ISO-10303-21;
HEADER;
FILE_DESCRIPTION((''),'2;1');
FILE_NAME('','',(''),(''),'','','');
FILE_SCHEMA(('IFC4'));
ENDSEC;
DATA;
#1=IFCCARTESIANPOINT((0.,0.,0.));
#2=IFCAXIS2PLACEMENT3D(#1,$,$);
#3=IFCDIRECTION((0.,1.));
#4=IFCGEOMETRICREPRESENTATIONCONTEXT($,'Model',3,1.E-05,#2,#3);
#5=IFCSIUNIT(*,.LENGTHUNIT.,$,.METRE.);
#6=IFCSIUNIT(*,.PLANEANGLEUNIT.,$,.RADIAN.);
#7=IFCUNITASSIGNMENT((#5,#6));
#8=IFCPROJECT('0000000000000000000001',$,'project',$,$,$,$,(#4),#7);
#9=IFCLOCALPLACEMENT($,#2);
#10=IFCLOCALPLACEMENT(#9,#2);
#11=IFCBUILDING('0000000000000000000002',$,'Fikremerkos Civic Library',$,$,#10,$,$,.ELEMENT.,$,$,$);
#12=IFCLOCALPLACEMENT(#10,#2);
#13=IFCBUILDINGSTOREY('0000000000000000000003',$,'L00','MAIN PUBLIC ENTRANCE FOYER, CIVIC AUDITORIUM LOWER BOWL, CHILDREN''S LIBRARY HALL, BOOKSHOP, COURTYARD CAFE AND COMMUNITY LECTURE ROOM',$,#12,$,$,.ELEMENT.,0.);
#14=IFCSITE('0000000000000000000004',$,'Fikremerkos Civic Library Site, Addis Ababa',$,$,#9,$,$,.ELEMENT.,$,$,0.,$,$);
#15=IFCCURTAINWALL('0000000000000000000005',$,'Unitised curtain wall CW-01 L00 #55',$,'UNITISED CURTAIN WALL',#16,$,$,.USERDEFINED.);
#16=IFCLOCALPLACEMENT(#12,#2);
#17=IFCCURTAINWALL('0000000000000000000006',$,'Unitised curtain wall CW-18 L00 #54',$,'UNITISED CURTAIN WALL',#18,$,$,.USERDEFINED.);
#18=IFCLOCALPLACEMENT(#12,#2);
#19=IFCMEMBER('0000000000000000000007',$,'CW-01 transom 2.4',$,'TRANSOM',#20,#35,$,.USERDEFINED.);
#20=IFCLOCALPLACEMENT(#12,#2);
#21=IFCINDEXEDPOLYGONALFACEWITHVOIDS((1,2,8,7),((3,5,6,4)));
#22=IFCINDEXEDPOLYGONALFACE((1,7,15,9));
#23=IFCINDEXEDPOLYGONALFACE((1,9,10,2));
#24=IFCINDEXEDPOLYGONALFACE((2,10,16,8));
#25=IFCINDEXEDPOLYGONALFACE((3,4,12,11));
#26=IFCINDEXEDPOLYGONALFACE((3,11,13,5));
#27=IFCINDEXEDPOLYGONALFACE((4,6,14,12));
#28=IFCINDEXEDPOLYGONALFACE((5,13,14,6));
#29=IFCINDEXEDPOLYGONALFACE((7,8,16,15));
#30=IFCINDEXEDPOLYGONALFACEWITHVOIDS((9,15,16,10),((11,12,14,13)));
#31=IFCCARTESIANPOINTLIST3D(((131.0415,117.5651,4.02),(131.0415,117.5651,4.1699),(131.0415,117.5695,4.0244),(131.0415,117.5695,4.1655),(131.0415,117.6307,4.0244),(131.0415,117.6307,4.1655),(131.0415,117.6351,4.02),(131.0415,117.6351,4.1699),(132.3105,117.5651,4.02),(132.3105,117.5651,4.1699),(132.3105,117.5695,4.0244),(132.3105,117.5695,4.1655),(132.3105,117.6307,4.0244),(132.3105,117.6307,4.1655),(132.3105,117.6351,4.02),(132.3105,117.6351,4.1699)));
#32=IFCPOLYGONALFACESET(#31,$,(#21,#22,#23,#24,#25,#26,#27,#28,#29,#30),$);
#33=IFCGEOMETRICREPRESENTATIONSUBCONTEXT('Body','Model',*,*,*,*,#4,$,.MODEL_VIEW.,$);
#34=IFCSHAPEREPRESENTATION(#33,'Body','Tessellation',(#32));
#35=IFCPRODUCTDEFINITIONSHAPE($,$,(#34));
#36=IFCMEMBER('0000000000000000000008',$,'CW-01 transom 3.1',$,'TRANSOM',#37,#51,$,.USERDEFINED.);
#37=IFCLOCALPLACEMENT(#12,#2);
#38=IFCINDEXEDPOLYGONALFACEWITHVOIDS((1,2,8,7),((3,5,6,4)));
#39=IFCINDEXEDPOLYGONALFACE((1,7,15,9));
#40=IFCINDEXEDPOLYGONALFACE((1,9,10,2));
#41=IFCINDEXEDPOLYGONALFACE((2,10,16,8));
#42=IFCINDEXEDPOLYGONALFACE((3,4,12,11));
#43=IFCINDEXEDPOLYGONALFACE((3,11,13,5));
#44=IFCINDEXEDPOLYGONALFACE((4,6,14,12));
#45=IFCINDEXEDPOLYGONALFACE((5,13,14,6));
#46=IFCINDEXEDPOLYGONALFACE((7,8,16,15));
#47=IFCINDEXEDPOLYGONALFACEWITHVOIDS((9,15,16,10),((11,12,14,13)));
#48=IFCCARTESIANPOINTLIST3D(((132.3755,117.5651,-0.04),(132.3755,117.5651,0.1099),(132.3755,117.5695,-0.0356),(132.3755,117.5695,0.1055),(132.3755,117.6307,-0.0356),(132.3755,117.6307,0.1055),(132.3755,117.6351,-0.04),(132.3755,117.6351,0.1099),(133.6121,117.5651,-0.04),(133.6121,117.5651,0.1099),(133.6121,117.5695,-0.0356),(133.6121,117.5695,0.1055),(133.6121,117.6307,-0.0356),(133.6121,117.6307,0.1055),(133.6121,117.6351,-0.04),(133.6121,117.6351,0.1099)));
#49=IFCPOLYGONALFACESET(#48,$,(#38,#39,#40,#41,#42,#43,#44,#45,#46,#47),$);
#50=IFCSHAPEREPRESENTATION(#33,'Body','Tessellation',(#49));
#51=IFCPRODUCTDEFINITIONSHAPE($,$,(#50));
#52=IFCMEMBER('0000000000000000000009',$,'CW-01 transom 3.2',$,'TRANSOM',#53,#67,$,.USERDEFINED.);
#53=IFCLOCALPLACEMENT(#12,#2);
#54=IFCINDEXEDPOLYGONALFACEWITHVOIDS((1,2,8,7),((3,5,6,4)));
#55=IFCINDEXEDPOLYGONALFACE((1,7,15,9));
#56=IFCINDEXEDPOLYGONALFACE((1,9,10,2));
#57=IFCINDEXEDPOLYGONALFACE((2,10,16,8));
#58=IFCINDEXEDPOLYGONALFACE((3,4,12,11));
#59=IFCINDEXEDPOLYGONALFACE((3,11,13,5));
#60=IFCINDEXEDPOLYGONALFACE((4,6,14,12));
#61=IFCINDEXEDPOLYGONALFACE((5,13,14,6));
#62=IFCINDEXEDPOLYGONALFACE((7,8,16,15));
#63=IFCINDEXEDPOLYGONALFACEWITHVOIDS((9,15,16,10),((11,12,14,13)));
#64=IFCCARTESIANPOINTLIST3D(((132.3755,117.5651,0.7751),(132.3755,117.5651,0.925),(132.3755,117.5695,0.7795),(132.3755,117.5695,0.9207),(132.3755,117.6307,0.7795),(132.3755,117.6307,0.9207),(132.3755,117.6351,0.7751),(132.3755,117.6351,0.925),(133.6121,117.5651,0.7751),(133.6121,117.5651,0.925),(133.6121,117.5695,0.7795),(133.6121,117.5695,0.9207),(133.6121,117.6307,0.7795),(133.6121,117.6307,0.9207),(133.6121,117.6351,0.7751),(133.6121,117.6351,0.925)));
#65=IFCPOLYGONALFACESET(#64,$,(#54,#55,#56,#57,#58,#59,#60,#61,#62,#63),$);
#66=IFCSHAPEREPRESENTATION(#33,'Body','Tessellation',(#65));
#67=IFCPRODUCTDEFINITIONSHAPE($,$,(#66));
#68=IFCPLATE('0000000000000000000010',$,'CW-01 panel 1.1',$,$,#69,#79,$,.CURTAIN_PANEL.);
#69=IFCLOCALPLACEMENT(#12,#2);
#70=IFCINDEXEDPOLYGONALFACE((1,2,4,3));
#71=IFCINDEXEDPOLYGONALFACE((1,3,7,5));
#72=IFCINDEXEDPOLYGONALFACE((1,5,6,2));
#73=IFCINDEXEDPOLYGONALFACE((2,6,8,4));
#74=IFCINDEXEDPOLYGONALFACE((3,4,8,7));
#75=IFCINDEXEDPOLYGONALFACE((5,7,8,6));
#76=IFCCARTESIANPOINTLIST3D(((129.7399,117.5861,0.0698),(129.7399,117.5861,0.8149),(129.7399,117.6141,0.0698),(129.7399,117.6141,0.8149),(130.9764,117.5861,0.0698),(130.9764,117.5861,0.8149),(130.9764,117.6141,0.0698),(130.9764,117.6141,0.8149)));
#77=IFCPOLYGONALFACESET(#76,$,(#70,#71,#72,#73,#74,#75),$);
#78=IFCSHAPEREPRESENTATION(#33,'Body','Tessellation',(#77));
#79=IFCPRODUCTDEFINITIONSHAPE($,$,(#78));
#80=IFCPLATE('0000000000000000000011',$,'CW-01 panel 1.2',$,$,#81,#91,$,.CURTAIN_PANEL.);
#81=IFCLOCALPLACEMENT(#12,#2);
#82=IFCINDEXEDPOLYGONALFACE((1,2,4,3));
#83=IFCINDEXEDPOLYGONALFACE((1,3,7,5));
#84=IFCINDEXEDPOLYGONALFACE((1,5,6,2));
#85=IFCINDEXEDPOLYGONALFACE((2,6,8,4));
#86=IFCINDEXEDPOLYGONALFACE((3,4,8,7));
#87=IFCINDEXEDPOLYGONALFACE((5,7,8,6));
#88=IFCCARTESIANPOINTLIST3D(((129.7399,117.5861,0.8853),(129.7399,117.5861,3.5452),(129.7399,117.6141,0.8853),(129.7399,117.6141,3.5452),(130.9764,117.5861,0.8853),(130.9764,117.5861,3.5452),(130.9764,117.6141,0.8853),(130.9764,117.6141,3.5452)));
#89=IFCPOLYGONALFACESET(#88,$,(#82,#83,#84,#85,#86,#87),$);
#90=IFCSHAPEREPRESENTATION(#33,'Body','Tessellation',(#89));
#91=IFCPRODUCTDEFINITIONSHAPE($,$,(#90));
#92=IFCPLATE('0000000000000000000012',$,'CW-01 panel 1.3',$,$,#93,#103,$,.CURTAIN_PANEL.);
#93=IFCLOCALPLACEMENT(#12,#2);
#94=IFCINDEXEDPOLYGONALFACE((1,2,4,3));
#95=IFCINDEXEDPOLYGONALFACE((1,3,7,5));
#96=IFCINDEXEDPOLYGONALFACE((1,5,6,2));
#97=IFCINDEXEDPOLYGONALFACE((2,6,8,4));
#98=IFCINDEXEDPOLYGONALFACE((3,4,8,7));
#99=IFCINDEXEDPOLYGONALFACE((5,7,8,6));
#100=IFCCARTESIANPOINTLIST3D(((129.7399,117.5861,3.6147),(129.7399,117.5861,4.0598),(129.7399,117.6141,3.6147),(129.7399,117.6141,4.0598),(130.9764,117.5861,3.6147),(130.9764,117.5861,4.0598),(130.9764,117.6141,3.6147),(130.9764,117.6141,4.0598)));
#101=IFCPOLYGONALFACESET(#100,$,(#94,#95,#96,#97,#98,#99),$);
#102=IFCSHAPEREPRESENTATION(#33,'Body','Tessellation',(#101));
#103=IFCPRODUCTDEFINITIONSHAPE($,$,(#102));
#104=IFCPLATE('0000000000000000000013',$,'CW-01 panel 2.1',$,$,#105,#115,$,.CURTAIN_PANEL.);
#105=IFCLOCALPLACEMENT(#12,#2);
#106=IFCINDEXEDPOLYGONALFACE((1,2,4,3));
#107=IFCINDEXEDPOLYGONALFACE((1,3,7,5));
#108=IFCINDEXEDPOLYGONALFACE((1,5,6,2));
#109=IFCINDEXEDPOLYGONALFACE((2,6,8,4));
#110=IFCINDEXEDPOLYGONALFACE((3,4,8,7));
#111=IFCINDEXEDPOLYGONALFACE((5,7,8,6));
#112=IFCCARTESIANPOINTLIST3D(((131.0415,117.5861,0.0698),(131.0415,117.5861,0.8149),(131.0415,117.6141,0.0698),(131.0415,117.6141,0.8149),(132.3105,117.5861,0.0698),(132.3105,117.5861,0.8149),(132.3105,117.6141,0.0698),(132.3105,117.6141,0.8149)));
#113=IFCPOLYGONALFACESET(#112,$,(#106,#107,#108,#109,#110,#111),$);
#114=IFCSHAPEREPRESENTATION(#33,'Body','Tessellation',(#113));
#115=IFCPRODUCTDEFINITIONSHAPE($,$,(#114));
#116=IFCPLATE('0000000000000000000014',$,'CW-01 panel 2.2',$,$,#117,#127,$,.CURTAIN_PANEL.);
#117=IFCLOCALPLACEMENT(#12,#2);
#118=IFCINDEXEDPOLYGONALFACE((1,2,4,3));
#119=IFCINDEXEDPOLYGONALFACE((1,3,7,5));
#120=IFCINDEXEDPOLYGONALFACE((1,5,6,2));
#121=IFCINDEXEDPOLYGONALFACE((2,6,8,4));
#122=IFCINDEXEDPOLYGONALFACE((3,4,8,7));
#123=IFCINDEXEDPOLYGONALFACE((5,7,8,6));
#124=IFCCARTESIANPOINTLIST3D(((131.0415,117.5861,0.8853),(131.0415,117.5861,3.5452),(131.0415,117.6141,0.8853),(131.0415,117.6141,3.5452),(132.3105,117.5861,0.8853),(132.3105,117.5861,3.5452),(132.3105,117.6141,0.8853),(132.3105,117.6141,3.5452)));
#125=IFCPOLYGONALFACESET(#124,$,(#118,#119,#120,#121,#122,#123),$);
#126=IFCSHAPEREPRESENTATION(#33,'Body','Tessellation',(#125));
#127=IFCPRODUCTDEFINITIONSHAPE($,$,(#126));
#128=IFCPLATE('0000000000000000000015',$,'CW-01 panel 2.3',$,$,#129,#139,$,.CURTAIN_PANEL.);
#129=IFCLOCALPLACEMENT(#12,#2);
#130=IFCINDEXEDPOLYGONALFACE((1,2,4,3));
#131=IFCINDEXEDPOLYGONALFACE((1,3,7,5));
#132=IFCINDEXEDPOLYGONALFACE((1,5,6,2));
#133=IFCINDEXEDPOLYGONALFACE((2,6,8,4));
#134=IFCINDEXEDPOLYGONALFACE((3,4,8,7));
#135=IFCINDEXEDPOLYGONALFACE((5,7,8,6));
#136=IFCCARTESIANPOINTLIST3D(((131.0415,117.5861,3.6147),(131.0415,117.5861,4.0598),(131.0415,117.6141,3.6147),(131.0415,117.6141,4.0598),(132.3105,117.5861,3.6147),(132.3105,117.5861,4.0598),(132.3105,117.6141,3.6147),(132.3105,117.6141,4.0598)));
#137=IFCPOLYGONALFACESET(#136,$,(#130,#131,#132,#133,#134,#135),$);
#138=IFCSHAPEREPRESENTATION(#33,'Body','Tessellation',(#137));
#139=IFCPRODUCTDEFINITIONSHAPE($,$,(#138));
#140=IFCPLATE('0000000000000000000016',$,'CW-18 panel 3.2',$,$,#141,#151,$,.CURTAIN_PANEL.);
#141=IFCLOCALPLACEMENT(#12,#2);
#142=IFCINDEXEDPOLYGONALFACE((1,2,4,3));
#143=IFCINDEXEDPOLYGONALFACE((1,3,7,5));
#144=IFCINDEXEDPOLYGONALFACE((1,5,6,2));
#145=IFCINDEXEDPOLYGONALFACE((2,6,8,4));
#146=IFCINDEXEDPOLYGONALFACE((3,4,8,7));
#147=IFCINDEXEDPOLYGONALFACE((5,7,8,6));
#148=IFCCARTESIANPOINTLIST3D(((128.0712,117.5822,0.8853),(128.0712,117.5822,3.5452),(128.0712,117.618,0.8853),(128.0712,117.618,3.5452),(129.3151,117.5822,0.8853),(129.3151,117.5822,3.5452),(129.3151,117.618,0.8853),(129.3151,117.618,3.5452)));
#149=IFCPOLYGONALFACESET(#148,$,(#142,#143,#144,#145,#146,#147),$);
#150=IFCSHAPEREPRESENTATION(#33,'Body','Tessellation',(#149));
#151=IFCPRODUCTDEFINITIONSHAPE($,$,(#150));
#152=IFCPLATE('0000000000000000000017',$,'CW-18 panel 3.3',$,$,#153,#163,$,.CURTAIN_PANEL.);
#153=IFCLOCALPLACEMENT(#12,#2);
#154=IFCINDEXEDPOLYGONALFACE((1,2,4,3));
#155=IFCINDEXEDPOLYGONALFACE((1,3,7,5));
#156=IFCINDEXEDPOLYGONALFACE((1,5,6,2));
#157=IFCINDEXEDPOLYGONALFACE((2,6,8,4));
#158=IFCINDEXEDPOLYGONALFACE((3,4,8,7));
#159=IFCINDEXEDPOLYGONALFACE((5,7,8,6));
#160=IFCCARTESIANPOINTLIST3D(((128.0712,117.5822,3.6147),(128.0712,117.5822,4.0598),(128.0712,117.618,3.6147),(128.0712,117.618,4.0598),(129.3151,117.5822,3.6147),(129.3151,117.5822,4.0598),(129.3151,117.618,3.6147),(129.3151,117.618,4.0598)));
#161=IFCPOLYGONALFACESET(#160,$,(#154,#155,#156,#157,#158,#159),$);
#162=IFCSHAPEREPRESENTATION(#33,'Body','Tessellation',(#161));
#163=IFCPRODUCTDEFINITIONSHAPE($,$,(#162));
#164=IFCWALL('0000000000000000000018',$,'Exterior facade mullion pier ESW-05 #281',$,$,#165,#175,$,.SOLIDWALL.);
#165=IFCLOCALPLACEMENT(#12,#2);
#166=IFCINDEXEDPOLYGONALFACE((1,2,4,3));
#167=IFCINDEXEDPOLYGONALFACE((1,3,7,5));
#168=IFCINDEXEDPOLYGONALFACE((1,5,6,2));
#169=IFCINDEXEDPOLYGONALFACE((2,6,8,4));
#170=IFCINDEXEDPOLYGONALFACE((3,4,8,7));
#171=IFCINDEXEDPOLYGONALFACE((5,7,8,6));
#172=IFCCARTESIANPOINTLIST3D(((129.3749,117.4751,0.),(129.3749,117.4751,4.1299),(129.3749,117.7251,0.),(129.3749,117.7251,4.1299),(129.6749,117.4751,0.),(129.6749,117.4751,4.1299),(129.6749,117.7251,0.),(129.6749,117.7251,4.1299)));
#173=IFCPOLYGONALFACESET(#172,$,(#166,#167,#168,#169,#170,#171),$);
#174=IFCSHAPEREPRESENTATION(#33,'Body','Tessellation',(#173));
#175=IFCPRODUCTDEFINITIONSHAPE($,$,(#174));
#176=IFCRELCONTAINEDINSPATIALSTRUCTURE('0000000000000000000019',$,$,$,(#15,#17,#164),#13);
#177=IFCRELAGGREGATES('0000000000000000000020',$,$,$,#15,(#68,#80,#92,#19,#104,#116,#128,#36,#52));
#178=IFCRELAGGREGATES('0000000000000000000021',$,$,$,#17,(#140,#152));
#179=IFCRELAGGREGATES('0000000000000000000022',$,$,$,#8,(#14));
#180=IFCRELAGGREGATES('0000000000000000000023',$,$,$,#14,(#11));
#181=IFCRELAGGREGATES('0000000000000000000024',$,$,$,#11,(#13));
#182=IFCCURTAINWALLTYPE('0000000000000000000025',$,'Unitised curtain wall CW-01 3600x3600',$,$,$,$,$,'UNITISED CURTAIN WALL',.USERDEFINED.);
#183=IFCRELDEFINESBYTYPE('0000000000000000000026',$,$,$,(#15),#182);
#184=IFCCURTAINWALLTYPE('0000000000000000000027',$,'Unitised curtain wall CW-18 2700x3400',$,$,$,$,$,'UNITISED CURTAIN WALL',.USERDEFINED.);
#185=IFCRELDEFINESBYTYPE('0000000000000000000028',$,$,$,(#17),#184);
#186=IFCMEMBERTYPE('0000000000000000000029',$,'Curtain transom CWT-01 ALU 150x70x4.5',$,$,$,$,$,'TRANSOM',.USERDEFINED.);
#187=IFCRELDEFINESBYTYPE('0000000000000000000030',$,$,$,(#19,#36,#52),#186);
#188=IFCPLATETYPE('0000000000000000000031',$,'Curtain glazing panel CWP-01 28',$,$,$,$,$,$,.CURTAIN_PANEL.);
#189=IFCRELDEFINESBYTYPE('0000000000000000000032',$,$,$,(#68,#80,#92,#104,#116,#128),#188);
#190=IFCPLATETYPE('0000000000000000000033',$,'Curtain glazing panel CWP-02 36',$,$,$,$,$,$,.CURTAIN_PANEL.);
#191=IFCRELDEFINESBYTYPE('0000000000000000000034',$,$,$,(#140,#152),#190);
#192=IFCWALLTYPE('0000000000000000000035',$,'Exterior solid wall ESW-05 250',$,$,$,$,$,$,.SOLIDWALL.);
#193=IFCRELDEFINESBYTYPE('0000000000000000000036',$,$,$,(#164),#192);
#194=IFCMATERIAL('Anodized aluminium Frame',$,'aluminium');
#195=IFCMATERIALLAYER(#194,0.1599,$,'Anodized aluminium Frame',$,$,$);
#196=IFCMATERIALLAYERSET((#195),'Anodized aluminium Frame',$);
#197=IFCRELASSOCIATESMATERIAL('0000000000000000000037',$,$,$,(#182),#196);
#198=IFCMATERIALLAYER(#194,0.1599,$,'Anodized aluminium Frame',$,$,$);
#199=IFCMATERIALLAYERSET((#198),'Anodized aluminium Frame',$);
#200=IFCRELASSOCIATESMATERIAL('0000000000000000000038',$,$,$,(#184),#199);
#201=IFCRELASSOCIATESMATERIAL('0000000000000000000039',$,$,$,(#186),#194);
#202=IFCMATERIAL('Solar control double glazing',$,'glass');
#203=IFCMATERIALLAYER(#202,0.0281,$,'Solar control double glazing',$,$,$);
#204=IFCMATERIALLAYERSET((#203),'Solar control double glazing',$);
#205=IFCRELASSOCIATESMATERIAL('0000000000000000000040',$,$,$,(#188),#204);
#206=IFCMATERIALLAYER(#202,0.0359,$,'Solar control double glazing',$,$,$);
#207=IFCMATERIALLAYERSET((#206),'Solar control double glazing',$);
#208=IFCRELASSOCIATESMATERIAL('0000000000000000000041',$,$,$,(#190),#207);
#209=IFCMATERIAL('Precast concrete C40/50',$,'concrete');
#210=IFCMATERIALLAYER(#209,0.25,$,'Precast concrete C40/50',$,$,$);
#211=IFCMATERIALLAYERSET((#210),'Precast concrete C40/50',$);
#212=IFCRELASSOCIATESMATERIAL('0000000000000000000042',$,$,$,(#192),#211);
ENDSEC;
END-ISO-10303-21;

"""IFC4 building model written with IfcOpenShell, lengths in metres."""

from ifc_helpers import new_model, si_unit, direction, frame, frame_2d, origin, origin_2d, place, context, subcontext, project, spatial, rectangle, hollow_rectangle, extrude, material, layer, layer_set, material_profile, profile_set, type_object, element, aggregate, save


model = new_model("IFC4")

# Units and contexts
model_context = context("Model", 3, precision=1e-05, world=origin(), true_north=direction((0.0, 1.0)))
body_context = subcontext(model_context, "Body", "Model", "MODEL_VIEW")
ifc_project = project(units=[si_unit("LENGTHUNIT", "METRE"), si_unit("PLANEANGLEUNIT", "RADIAN")], contexts=[model_context])

# Site, building, storey
site_placement = place(None, origin())
site = spatial("IfcSite", under=ifc_project, at=site_placement, Name="Fikremerkos Civic Library Site, Addis Ababa", CompositionType="ELEMENT", RefElevation=0.0)
building_placement = place(site_placement, origin())
building = spatial("IfcBuilding", under=site, at=building_placement, Name="Fikremerkos Civic Library", CompositionType="ELEMENT")
storey_placement = place(building_placement, origin())
storey = spatial("IfcBuildingStorey", under=building, at=storey_placement, Name="L00", Description="MAIN PUBLIC ENTRANCE FOYER, CIVIC AUDITORIUM LOWER BOWL, CHILDREN'S LIBRARY HALL, BOOKSHOP, COURTYARD CAFE AND COMMUNITY LECTURE ROOM", CompositionType="ELEMENT", Elevation=0.0)

# Curtain wall
ifc_material_1 = material(Name="Anodized aluminium Frame", Category="aluminium")
ifc_layer_1 = layer(ifc_material_1, 0.1599, Name="Anodized aluminium Frame")
ifc_layer_set_1 = layer_set([ifc_layer_1], Name="Anodized aluminium Frame")
curtain_wall_type_1 = type_object("IfcCurtainWallType", Name="Unitised curtain wall CW-01 3600x3600", ElementType="UNITISED CURTAIN WALL", PredefinedType="USERDEFINED", material=ifc_layer_set_1)
curtain_wall_1_placement = place(storey_placement, origin())
curtain_wall_1 = element("IfcCurtainWall", 1, at=curtain_wall_1_placement, inside=storey, type_object=curtain_wall_type_1, Name="Unitised curtain wall CW-01 L00 #55", ObjectType="UNITISED CURTAIN WALL", PredefinedType="USERDEFINED")

# Curtain wall
ifc_layer_2 = layer(ifc_material_1, 0.1599, Name="Anodized aluminium Frame")
ifc_layer_set_2 = layer_set([ifc_layer_2], Name="Anodized aluminium Frame")
curtain_wall_type_2 = type_object("IfcCurtainWallType", Name="Unitised curtain wall CW-18 2700x3400", ElementType="UNITISED CURTAIN WALL", PredefinedType="USERDEFINED", material=ifc_layer_set_2)
curtain_wall_2_placement = place(storey_placement, origin())
curtain_wall_2 = element("IfcCurtainWall", 2, at=curtain_wall_2_placement, inside=storey, type_object=curtain_wall_type_2, Name="Unitised curtain wall CW-18 L00 #54", ObjectType="UNITISED CURTAIN WALL", PredefinedType="USERDEFINED")

# Members
ifc_material_profile_1 = material_profile(ifc_material_1, hollow_rectangle(XDim=0.0701, YDim=0.1499, WallThickness=0.0044, at=origin_2d()), Name="ALU 150x70x4.5")
ifc_profile_set_1 = profile_set([ifc_material_profile_1], Name="Anodized aluminium Frame")
member_type_1 = type_object("IfcMemberType", Name="Curtain transom CWT-01 ALU 150x70x4.5", ElementType="TRANSOM", PredefinedType="USERDEFINED", material=ifc_profile_set_1)
member_1_placement = place(storey_placement, frame((131.0415, 117.6001, 4.095), z_axis=(1.0, 0.0, 0.0), x_axis=(0.0, 1.0, 0.0)))
member_1 = element("IfcMember", 3, at=member_1_placement, type_object=member_type_1, Name="CW-01 transom 2.4", ObjectType="TRANSOM", PredefinedType="USERDEFINED", context=body_context, shape_type="SweptSolid", body=[
    extrude(hollow_rectangle(XDim=0.0701, YDim=0.1499, WallThickness=0.0044, at=origin_2d()), origin(), (0.0, 0.0, 1.0), 1.269),
])
member_2_placement = place(storey_placement, frame((132.3755, 117.6001, 0.0349), z_axis=(1.0, 0.0, 0.0), x_axis=(0.0, 1.0, 0.0)))
member_2 = element("IfcMember", 4, at=member_2_placement, type_object=member_type_1, Name="CW-01 transom 3.1", ObjectType="TRANSOM", PredefinedType="USERDEFINED", context=body_context, shape_type="SweptSolid", body=[
    extrude(hollow_rectangle(XDim=0.0701, YDim=0.1499, WallThickness=0.0044, at=origin_2d()), origin(), (0.0, 0.0, 1.0), 1.2366),
])
member_3_placement = place(storey_placement, frame((132.3755, 117.6001, 0.8501), z_axis=(1.0, 0.0, 0.0), x_axis=(0.0, 1.0, 0.0)))
member_3 = element("IfcMember", 5, at=member_3_placement, type_object=member_type_1, Name="CW-01 transom 3.2", ObjectType="TRANSOM", PredefinedType="USERDEFINED", context=body_context, shape_type="SweptSolid", body=[
    extrude(hollow_rectangle(XDim=0.0701, YDim=0.1499, WallThickness=0.0044, at=origin_2d()), origin(), (0.0, 0.0, 1.0), 1.2366),
])

# Plates
ifc_material_2 = material(Name="Solar control double glazing", Category="glass")
ifc_layer_3 = layer(ifc_material_2, 0.0281, Name="Solar control double glazing")
ifc_layer_set_3 = layer_set([ifc_layer_3], Name="Solar control double glazing")
plate_type_1 = type_object("IfcPlateType", Name="Curtain glazing panel CWP-01 28", PredefinedType="CURTAIN_PANEL", material=ifc_layer_set_3)
plate_1_placement = place(storey_placement, frame((130.3582, 117.6001, 0.0698), z_axis=(0.0, 0.0, 1.0), x_axis=(1.0, 0.0, 0.0)))
plate_1 = element("IfcPlate", 6, at=plate_1_placement, type_object=plate_type_1, Name="CW-01 panel 1.1", PredefinedType="CURTAIN_PANEL", context=body_context, shape_type="SweptSolid", body=[
    extrude(rectangle(XDim=1.2366, YDim=0.0281, at=origin_2d()), origin(), (0.0, 0.0, 1.0), 0.7451),
])
plate_2_placement = place(storey_placement, frame((130.3582, 117.6001, 0.8853), z_axis=(0.0, 0.0, 1.0), x_axis=(1.0, 0.0, 0.0)))
plate_2 = element("IfcPlate", 7, at=plate_2_placement, type_object=plate_type_1, Name="CW-01 panel 1.2", PredefinedType="CURTAIN_PANEL", context=body_context, shape_type="SweptSolid", body=[
    extrude(rectangle(XDim=1.2366, YDim=0.0281, at=origin_2d()), origin(), (0.0, 0.0, 1.0), 2.6599),
])
plate_3_placement = place(storey_placement, frame((130.3582, 117.6001, 3.6147), z_axis=(0.0, 0.0, 1.0), x_axis=(1.0, 0.0, 0.0)))
plate_3 = element("IfcPlate", 8, at=plate_3_placement, type_object=plate_type_1, Name="CW-01 panel 1.3", PredefinedType="CURTAIN_PANEL", context=body_context, shape_type="SweptSolid", body=[
    extrude(rectangle(XDim=1.2366, YDim=0.0281, at=origin_2d()), origin(), (0.0, 0.0, 1.0), 0.4451),
])
plate_4_placement = place(storey_placement, frame((131.676, 117.6001, 0.0698), z_axis=(0.0, 0.0, 1.0), x_axis=(1.0, 0.0, 0.0)))
plate_4 = element("IfcPlate", 9, at=plate_4_placement, type_object=plate_type_1, Name="CW-01 panel 2.1", PredefinedType="CURTAIN_PANEL", context=body_context, shape_type="SweptSolid", body=[
    extrude(rectangle(XDim=1.269, YDim=0.0281, at=origin_2d()), origin(), (0.0, 0.0, 1.0), 0.7451),
])
plate_5_placement = place(storey_placement, frame((131.676, 117.6001, 0.8853), z_axis=(0.0, 0.0, 1.0), x_axis=(1.0, 0.0, 0.0)))
plate_5 = element("IfcPlate", 10, at=plate_5_placement, type_object=plate_type_1, Name="CW-01 panel 2.2", PredefinedType="CURTAIN_PANEL", context=body_context, shape_type="SweptSolid", body=[
    extrude(rectangle(XDim=1.269, YDim=0.0281, at=origin_2d()), origin(), (0.0, 0.0, 1.0), 2.6599),
])
plate_6_placement = place(storey_placement, frame((131.676, 117.6001, 3.6147), z_axis=(0.0, 0.0, 1.0), x_axis=(1.0, 0.0, 0.0)))
plate_6 = element("IfcPlate", 11, at=plate_6_placement, type_object=plate_type_1, Name="CW-01 panel 2.3", PredefinedType="CURTAIN_PANEL", context=body_context, shape_type="SweptSolid", body=[
    extrude(rectangle(XDim=1.269, YDim=0.0281, at=origin_2d()), origin(), (0.0, 0.0, 1.0), 0.4451),
])
aggregate(curtain_wall_1, [plate_1, plate_2, plate_3, member_1, plate_4, plate_5, plate_6, member_2, member_3])
ifc_layer_4 = layer(ifc_material_2, 0.0359, Name="Solar control double glazing")
ifc_layer_set_4 = layer_set([ifc_layer_4], Name="Solar control double glazing")
plate_type_2 = type_object("IfcPlateType", Name="Curtain glazing panel CWP-02 36", PredefinedType="CURTAIN_PANEL", material=ifc_layer_set_4)
plate_7_placement = place(storey_placement, frame((128.6931, 117.6001, 0.8853), z_axis=(0.0, 0.0, 1.0), x_axis=(1.0, 0.0, 0.0)))
plate_7 = element("IfcPlate", 12, at=plate_7_placement, type_object=plate_type_2, Name="CW-18 panel 3.2", PredefinedType="CURTAIN_PANEL", context=body_context, shape_type="SweptSolid", body=[
    extrude(rectangle(XDim=1.2439, YDim=0.0359, at=origin_2d()), origin(), (0.0, 0.0, 1.0), 2.6599),
])
plate_8_placement = place(storey_placement, frame((128.6931, 117.6001, 3.6147), z_axis=(0.0, 0.0, 1.0), x_axis=(1.0, 0.0, 0.0)))
plate_8 = element("IfcPlate", 13, at=plate_8_placement, type_object=plate_type_2, Name="CW-18 panel 3.3", PredefinedType="CURTAIN_PANEL", context=body_context, shape_type="SweptSolid", body=[
    extrude(rectangle(XDim=1.2439, YDim=0.0359, at=origin_2d()), origin(), (0.0, 0.0, 1.0), 0.4451),
])
aggregate(curtain_wall_2, [plate_7, plate_8])

# Wall
ifc_material_3 = material(Name="Precast concrete C40/50", Category="concrete")
ifc_layer_5 = layer(ifc_material_3, 0.25, Name="Precast concrete C40/50")
ifc_layer_set_5 = layer_set([ifc_layer_5], Name="Precast concrete C40/50")
wall_type = type_object("IfcWallType", Name="Exterior solid wall ESW-05 250", PredefinedType="SOLIDWALL", material=ifc_layer_set_5)
wall_placement = place(storey_placement, frame((129.375, 117.6001, 0.0), z_axis=(0.0, 0.0, 1.0), x_axis=(1.0, 0.0, 0.0)))
element("IfcWall", 14, at=wall_placement, inside=storey, type_object=wall_type, Name="Exterior facade mullion pier ESW-05 #281", PredefinedType="SOLIDWALL", context=body_context, shape_type="SweptSolid", body=[
    extrude(rectangle(XDim=0.3, YDim=0.25, at=frame_2d((0.1499, 0.0))), origin(), (0.0, 0.0, 1.0), 4.1299),
])

save(model, "model.ifc")
